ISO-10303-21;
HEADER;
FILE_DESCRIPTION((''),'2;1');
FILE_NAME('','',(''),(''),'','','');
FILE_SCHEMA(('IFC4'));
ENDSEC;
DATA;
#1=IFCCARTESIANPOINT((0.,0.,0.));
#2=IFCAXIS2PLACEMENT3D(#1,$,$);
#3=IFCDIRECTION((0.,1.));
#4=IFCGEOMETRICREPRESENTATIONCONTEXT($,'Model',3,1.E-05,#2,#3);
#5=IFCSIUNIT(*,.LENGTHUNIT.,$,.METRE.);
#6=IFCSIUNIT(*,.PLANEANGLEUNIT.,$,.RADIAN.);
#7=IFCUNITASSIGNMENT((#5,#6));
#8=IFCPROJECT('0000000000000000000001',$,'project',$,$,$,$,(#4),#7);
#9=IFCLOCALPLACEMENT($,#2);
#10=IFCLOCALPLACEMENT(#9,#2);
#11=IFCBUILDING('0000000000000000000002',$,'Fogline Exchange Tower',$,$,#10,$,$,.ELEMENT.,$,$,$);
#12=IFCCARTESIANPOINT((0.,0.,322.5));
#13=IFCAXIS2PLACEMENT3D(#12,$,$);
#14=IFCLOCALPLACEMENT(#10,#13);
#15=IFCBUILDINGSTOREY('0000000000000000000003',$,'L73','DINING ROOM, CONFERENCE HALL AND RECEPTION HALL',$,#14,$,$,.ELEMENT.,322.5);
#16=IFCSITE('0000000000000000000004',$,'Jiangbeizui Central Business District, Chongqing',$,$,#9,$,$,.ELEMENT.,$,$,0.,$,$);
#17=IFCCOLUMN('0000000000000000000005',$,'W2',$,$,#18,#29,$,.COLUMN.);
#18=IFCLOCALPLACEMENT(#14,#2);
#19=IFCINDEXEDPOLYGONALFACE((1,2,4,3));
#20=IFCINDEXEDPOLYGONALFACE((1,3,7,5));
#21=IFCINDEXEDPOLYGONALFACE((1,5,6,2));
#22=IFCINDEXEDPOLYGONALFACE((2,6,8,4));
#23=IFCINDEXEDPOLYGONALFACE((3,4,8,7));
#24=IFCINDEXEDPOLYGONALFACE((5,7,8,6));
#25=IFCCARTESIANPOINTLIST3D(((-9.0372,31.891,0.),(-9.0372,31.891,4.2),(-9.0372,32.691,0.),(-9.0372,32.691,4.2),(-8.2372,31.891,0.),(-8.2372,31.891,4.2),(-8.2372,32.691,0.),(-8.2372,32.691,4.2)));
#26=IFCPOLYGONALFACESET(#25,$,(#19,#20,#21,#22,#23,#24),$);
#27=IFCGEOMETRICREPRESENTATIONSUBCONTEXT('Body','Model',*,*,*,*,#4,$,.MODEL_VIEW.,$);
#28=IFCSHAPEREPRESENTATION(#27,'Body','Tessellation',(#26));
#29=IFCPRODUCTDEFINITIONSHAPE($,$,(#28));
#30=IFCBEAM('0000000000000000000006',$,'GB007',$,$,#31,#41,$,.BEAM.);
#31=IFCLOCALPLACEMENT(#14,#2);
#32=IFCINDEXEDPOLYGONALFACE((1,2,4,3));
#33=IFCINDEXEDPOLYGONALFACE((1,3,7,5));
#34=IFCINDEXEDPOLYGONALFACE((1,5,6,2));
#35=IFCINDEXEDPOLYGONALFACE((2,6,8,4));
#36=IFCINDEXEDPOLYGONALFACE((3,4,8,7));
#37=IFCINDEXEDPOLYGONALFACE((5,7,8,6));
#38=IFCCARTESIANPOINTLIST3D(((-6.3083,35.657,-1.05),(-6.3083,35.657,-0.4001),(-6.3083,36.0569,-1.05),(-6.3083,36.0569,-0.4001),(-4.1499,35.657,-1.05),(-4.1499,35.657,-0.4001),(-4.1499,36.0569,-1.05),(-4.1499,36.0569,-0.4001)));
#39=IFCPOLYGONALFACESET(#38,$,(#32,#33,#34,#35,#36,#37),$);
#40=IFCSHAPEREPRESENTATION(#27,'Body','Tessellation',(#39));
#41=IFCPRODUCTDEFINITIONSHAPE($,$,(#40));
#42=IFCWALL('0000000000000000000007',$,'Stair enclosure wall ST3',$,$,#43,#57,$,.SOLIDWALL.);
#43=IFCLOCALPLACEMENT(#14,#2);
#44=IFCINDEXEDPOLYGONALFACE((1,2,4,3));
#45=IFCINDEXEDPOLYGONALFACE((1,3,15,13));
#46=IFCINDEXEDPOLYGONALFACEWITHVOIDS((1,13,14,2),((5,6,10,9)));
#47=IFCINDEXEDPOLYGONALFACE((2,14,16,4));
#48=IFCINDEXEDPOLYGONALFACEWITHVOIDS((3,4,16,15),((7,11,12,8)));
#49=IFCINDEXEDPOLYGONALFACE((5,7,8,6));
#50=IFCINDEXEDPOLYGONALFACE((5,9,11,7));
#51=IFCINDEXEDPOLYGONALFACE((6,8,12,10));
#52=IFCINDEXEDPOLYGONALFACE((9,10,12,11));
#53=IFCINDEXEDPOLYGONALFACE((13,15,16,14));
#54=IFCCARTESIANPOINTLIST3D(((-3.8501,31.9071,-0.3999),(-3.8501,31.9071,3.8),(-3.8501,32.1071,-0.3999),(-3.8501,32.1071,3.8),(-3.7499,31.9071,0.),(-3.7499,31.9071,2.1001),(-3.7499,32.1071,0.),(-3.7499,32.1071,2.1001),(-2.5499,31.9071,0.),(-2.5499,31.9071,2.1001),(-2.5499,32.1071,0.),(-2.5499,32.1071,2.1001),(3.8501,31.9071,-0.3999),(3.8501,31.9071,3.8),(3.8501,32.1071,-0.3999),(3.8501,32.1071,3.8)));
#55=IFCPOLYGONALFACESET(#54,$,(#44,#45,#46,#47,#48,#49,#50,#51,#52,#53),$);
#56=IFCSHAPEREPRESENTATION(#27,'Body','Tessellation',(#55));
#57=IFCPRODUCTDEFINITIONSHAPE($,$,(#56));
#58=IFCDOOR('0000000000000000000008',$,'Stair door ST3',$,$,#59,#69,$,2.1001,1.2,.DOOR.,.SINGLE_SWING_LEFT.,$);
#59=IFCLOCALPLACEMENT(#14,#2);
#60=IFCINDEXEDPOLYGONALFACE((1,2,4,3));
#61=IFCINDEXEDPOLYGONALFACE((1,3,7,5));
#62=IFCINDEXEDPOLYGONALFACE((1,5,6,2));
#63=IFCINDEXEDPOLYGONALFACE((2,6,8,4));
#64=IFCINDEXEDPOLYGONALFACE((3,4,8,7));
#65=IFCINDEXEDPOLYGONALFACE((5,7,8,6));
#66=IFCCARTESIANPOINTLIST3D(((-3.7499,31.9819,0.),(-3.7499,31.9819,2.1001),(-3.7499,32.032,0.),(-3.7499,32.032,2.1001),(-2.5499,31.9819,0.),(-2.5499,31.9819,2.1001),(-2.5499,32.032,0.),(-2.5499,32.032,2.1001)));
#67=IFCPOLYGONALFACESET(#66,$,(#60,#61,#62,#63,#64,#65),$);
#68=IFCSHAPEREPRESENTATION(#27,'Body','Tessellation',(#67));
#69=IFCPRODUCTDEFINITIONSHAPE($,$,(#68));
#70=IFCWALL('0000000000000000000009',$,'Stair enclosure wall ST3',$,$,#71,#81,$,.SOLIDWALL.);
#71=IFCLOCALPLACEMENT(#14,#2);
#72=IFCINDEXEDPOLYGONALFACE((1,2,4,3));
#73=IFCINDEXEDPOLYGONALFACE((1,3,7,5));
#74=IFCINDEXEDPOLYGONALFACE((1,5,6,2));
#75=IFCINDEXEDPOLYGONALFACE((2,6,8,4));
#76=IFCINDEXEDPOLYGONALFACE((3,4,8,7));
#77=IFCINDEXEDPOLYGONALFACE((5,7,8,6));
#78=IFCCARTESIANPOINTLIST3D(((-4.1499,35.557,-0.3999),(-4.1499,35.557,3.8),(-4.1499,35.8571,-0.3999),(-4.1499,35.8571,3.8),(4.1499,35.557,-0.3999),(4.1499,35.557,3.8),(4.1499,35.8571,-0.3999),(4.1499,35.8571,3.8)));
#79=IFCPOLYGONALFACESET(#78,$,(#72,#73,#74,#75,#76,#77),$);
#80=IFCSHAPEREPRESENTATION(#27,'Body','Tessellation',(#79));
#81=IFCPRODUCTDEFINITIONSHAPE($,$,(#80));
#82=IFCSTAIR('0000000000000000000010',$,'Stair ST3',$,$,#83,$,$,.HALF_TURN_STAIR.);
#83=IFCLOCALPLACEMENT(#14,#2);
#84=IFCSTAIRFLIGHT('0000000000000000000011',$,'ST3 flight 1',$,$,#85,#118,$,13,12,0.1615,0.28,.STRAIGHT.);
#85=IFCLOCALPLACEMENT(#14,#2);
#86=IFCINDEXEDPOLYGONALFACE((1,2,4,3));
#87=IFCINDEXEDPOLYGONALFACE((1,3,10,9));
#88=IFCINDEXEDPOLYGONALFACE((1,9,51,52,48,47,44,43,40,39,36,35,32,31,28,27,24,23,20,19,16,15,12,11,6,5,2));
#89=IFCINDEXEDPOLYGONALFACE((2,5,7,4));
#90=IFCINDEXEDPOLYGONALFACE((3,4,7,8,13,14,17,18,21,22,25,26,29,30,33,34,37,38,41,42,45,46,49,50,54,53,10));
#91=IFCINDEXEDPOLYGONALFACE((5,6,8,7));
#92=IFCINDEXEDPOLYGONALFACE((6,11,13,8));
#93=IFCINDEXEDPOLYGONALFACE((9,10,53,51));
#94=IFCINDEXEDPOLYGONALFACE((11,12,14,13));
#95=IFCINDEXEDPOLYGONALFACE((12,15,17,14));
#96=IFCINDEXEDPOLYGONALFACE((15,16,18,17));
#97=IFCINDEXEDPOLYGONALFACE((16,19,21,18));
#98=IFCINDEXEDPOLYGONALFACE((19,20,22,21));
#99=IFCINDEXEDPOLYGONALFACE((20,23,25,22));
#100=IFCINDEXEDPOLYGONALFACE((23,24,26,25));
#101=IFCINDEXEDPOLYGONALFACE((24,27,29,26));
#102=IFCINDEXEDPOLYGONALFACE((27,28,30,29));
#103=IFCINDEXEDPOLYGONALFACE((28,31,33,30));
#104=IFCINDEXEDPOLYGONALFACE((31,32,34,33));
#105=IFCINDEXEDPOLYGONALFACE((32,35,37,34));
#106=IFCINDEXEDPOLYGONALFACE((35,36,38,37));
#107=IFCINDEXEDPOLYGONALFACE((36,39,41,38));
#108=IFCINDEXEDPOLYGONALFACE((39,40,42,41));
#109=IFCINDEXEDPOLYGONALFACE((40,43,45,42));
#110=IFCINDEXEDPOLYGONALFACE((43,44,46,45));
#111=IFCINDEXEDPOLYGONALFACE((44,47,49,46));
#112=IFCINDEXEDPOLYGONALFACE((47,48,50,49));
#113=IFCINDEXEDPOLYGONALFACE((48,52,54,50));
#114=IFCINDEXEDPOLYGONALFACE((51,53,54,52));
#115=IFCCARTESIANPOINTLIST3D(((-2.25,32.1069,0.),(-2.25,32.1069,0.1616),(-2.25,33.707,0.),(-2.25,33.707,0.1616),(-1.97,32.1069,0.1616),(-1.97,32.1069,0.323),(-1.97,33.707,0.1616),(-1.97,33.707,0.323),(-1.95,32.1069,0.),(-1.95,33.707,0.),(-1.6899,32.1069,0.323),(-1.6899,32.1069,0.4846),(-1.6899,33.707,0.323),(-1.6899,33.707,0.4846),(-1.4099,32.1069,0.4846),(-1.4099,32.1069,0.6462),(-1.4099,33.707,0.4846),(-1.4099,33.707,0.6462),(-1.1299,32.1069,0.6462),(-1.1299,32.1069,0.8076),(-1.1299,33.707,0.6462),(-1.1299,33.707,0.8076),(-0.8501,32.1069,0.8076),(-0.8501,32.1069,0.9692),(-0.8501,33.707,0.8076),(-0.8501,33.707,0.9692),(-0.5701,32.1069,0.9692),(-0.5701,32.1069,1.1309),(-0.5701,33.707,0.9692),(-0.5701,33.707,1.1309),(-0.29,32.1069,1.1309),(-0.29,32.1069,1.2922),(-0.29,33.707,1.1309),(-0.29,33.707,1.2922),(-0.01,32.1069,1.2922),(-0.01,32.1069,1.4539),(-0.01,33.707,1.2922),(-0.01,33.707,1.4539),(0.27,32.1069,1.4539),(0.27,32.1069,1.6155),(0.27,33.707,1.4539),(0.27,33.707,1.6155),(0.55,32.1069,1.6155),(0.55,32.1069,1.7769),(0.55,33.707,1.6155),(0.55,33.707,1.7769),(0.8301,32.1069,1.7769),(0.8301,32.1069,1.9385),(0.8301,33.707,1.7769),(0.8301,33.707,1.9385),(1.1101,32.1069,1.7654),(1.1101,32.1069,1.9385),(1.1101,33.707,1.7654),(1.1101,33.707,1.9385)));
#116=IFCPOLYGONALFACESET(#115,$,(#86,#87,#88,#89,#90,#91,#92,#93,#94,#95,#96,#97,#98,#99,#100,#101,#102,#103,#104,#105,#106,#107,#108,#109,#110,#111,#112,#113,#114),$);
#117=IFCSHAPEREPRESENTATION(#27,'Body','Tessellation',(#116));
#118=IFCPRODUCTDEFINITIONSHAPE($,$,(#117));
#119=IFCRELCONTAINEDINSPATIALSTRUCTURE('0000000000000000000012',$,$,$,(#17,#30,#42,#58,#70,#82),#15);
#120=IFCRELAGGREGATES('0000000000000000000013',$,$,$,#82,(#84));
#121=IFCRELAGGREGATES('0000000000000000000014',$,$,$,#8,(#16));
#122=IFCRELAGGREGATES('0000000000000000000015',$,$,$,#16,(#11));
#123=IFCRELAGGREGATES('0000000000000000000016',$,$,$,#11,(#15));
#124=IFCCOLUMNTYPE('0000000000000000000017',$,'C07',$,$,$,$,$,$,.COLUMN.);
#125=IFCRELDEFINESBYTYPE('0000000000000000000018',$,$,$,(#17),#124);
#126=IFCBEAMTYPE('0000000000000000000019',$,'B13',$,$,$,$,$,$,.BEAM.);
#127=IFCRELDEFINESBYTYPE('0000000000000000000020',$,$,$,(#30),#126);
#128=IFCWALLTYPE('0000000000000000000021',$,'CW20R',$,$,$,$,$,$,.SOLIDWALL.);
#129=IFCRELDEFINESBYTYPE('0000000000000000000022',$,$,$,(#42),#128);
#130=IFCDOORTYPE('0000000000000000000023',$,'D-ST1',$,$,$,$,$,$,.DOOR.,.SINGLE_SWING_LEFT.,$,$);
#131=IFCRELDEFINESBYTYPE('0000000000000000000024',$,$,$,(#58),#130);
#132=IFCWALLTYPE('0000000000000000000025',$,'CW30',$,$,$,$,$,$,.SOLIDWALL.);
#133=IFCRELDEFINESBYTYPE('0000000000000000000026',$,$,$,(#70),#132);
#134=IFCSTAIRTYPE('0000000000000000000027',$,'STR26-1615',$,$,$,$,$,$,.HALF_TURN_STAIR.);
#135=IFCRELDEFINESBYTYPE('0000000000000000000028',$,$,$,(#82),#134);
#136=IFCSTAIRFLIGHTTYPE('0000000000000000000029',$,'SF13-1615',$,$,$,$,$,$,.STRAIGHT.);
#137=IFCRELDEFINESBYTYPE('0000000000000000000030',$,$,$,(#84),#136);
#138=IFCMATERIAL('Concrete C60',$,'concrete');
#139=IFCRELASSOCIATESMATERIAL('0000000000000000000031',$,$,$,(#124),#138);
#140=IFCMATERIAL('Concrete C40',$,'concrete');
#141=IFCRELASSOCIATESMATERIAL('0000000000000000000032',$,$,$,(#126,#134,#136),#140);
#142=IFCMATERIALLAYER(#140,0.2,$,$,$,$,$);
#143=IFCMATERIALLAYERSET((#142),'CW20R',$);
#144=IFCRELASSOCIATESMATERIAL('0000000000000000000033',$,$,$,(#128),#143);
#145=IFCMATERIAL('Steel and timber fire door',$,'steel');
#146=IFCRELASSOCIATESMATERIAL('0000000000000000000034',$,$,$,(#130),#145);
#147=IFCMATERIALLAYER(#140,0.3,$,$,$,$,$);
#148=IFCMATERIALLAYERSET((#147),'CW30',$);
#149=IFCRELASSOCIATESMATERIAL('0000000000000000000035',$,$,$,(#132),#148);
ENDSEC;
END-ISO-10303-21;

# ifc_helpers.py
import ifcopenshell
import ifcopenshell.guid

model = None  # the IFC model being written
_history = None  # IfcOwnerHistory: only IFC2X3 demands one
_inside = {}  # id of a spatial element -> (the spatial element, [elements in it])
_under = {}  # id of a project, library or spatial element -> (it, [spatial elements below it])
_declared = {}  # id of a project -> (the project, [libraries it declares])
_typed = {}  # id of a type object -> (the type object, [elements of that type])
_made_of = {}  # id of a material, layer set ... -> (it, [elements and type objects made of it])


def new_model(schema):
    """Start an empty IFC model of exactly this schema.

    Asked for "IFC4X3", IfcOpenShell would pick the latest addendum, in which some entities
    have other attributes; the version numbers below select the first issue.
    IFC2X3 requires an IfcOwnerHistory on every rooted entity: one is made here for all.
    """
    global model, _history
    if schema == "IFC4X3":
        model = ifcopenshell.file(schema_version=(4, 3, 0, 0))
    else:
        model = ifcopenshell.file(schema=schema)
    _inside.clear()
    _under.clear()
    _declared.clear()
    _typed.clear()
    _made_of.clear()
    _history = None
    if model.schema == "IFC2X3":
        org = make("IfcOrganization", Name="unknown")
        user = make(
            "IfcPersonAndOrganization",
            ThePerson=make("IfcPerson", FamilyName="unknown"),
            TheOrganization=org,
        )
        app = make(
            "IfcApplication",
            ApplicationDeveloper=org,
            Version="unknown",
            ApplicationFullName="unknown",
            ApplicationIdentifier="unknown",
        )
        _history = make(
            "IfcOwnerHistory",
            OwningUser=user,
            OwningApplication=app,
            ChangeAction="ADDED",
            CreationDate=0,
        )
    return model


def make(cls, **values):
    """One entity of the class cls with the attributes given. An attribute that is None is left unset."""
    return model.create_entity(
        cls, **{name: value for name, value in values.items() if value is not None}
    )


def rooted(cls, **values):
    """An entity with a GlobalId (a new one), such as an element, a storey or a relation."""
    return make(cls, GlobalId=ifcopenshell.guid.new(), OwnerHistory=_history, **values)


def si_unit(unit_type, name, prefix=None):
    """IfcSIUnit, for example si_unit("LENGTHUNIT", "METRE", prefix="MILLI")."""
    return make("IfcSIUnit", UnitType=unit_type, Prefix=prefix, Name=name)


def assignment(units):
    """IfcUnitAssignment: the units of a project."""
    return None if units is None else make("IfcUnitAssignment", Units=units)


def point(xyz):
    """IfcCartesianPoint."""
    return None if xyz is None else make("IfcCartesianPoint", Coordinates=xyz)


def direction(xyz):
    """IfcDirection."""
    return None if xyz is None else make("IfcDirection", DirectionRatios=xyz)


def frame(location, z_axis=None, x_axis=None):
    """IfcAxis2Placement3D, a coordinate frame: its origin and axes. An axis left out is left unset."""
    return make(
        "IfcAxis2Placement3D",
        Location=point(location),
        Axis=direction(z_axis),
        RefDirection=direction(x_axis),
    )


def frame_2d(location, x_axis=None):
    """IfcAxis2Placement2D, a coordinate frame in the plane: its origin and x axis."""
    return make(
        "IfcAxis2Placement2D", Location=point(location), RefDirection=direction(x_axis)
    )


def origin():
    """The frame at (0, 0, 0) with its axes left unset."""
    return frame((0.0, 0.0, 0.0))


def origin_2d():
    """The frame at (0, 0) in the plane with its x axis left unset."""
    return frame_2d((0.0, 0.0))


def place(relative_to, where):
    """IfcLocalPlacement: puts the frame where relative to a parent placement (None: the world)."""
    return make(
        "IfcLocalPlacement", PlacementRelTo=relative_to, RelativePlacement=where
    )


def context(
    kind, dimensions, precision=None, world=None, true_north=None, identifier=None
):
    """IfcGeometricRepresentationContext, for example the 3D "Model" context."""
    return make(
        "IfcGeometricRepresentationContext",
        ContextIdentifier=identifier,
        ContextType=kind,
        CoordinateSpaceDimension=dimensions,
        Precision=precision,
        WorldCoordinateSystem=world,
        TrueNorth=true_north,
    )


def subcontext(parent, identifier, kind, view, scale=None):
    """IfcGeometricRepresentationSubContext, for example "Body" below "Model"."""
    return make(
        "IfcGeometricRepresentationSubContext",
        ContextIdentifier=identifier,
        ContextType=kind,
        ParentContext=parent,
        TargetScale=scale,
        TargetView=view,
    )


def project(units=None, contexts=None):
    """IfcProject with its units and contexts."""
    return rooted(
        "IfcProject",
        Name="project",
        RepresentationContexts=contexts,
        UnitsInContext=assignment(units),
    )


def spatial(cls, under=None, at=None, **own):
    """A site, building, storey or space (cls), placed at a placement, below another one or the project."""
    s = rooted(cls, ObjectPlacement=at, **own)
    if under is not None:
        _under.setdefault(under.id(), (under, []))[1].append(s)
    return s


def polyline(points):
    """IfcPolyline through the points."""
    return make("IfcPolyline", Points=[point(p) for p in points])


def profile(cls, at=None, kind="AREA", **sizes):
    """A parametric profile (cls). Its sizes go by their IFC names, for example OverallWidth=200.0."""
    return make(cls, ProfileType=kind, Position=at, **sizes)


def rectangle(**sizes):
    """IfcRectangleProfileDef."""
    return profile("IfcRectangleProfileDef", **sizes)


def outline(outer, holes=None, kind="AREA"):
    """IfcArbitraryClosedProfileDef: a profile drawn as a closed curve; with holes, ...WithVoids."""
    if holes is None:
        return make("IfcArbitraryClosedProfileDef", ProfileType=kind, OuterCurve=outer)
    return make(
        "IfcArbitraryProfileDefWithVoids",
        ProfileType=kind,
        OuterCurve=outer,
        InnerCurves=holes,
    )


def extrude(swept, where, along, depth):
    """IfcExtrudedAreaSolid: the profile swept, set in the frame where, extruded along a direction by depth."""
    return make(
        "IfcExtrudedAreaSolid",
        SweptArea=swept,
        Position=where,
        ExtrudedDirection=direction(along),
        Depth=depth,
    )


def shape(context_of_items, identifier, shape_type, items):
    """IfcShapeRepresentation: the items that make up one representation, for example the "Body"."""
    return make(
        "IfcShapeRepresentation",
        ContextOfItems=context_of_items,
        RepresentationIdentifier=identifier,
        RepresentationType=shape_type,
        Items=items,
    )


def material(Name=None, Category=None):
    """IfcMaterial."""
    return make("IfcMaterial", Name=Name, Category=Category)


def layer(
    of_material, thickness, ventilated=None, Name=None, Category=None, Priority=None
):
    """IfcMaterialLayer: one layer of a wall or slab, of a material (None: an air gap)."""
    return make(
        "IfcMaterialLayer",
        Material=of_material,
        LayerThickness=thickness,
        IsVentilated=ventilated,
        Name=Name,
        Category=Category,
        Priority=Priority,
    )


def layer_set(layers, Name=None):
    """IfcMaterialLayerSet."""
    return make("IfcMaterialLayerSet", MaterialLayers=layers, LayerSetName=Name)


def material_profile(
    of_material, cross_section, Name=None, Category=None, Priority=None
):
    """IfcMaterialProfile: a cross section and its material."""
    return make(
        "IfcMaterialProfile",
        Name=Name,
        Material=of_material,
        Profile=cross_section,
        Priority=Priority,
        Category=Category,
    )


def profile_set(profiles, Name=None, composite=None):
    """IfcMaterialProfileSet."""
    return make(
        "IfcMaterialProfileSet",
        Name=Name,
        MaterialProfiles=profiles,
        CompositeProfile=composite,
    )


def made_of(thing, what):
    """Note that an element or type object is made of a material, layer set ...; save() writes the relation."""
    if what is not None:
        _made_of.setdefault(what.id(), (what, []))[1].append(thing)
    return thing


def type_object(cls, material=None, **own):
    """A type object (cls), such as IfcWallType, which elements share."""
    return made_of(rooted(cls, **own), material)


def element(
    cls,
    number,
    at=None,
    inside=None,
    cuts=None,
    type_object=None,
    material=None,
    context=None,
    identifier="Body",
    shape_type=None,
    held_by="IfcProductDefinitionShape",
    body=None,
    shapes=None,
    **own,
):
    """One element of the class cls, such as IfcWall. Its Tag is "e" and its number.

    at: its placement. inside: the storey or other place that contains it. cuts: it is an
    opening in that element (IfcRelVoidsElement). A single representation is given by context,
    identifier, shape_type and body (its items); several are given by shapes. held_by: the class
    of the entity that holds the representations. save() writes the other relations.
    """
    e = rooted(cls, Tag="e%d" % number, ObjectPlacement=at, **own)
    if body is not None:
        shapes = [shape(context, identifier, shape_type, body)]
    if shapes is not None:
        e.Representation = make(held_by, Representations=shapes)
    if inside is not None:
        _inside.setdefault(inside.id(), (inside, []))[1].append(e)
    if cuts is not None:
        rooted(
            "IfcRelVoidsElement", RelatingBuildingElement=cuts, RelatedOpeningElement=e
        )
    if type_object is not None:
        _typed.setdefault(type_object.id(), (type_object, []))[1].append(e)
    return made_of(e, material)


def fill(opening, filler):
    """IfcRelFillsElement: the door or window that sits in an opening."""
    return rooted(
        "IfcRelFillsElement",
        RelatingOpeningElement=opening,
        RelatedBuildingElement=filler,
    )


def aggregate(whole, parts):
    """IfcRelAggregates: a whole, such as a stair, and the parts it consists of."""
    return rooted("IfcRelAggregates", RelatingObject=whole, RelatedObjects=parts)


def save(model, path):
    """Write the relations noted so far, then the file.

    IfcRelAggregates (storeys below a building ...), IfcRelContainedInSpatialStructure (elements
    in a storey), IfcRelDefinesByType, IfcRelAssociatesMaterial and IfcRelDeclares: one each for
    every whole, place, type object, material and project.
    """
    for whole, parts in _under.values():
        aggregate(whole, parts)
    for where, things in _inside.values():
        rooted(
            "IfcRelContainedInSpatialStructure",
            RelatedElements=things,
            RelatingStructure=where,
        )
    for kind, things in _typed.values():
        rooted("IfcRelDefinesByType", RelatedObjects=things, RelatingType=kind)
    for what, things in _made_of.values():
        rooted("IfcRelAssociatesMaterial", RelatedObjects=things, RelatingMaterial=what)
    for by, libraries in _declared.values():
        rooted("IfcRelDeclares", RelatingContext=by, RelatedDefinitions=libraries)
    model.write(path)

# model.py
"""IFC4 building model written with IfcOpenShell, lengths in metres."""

from ifc_helpers import new_model, si_unit, direction, frame, frame_2d, origin, origin_2d, place, context, subcontext, project, spatial, polyline, rectangle, outline, extrude, material, layer, layer_set, material_profile, profile_set, type_object, element, fill, aggregate, save


model = new_model("IFC4")

# Units and contexts
model_context = context("Model", 3, precision=1e-05, world=origin(), true_north=direction((0.0, 1.0)))
body_context = subcontext(model_context, "Body", "Model", "MODEL_VIEW")
ifc_project = project(units=[si_unit("LENGTHUNIT", "METRE"), si_unit("PLANEANGLEUNIT", "RADIAN")], contexts=[model_context])

# Site, building, storey
site_placement = place(None, origin())
site = spatial("IfcSite", under=ifc_project, at=site_placement, Name="Jiangbeizui Central Business District, Chongqing", CompositionType="ELEMENT", RefElevation=0.0)
building_placement = place(site_placement, origin())
building = spatial("IfcBuilding", under=site, at=building_placement, Name="Fogline Exchange Tower", CompositionType="ELEMENT")
storey_placement = place(building_placement, frame((0.0, 0.0, 322.5)))
storey = spatial("IfcBuildingStorey", under=building, at=storey_placement, Name="L73", Description="DINING ROOM, CONFERENCE HALL AND RECEPTION HALL", CompositionType="ELEMENT", Elevation=322.5)

# Column
ifc_material_1 = material(Name="Concrete C60", Category="concrete")
ifc_material_profile_1 = material_profile(ifc_material_1, rectangle(XDim=0.8, YDim=0.8, at=origin_2d()), Name="RC 800x800")
ifc_profile_set_1 = profile_set([ifc_material_profile_1], Name="Concrete C60")
column_type = type_object("IfcColumnType", Name="C07", PredefinedType="COLUMN", material=ifc_profile_set_1)
column_placement = place(storey_placement, frame((-8.6372, 32.291, 0.0), z_axis=(0.0, 0.0, 1.0), x_axis=(1.0, 0.0, 0.0)))
element("IfcColumn", 1, at=column_placement, inside=storey, type_object=column_type, Name="W2", PredefinedType="COLUMN", context=body_context, shape_type="SweptSolid", body=[
    extrude(rectangle(XDim=0.8, YDim=0.8, at=origin_2d()), origin(), (0.0, 0.0, 1.0), 4.2),
])

# Beam
ifc_material_2 = material(Name="Concrete C40", Category="concrete")
ifc_material_profile_2 = material_profile(ifc_material_2, rectangle(XDim=0.3999, YDim=0.6499, at=origin_2d()), Name="RC 400x650")
ifc_profile_set_2 = profile_set([ifc_material_profile_2], Name="Concrete C40")
beam_type = type_object("IfcBeamType", Name="B13", PredefinedType="BEAM", material=ifc_profile_set_2)
beam_placement = place(storey_placement, frame((-6.3083, 35.8569, -0.7251), z_axis=(1.0, 0.0, 0.0), x_axis=(0.0, 1.0, 0.0)))
element("IfcBeam", 2, at=beam_placement, inside=storey, type_object=beam_type, Name="GB007", PredefinedType="BEAM", context=body_context, shape_type="SweptSolid", body=[
    extrude(rectangle(XDim=0.3999, YDim=0.6499, at=origin_2d()), origin(), (0.0, 0.0, 1.0), 2.1584),
])

# Wall, opening, door
ifc_layer_1 = layer(ifc_material_2, 0.2)
ifc_layer_set_1 = layer_set([ifc_layer_1], Name="CW20R")
wall_type_1 = type_object("IfcWallType", Name="CW20R", PredefinedType="SOLIDWALL", material=ifc_layer_set_1)
wall_1_placement = place(storey_placement, frame((-3.8501, 32.0071, -0.3999), z_axis=(0.0, 0.0, 1.0), x_axis=(1.0, 0.0, 0.0)))
wall_1 = element("IfcWall", 3, at=wall_1_placement, inside=storey, type_object=wall_type_1, Name="Stair enclosure wall ST3", PredefinedType="SOLIDWALL", context=body_context, shape_type="SweptSolid", body=[
    extrude(rectangle(XDim=7.7002, YDim=0.2, at=frame_2d((3.8501, 0.0))), origin(), (0.0, 0.0, 1.0), 4.2),
])
opening_placement = place(wall_1_placement, frame((0.1001, 0.0, 0.3999)))
opening = element("IfcOpeningElement", 4, at=opening_placement, cuts=wall_1, PredefinedType="OPENING", context=body_context, shape_type="SweptSolid", body=[
    extrude(rectangle(XDim=1.2, YDim=2.1001, at=frame_2d((0.6001, 1.05))), frame((0.0, 0.1099, 0.0), z_axis=(0.0, -1.0, 0.0), x_axis=(1.0, 0.0, 0.0)), (0.0, 0.0, 1.0), 0.22),
])
ifc_material_3 = material(Name="Steel and timber fire door", Category="steel")
door_type = type_object("IfcDoorType", Name="D-ST1", OperationType="SINGLE_SWING_LEFT", PredefinedType="DOOR", material=ifc_material_3)
door_placement = place(opening_placement, origin())
door = element("IfcDoor", 5, at=door_placement, inside=storey, type_object=door_type, Name="Stair door ST3", OperationType="SINGLE_SWING_LEFT", OverallHeight=2.1001, OverallWidth=1.2, PredefinedType="DOOR", context=body_context, shape_type="SweptSolid", body=[
    extrude(rectangle(XDim=1.2, YDim=2.1001, at=frame_2d((0.6001, 1.05))), frame((0.0, 0.0249, 0.0), z_axis=(0.0, -1.0, 0.0), x_axis=(1.0, 0.0, 0.0)), (0.0, 0.0, 1.0), 0.05),
])
fill(opening, door)

# Wall
ifc_layer_2 = layer(ifc_material_2, 0.3)
ifc_layer_set_2 = layer_set([ifc_layer_2], Name="CW30")
wall_type_2 = type_object("IfcWallType", Name="CW30", PredefinedType="SOLIDWALL", material=ifc_layer_set_2)
wall_2_placement = place(storey_placement, frame((-4.1499, 35.707, -0.3999), z_axis=(0.0, 0.0, 1.0), x_axis=(1.0, 0.0, 0.0)))
element("IfcWall", 6, at=wall_2_placement, inside=storey, type_object=wall_type_2, Name="Stair enclosure wall ST3", PredefinedType="SOLIDWALL", context=body_context, shape_type="SweptSolid", body=[
    extrude(rectangle(XDim=8.2998, YDim=0.3, at=frame_2d((4.1499, 0.0))), origin(), (0.0, 0.0, 1.0), 4.2),
])

# Stair, stair flight
stair_type = type_object("IfcStairType", Name="STR26-1615", PredefinedType="HALF_TURN_STAIR", material=ifc_material_2)
stair_placement = place(storey_placement, origin())
stair = element("IfcStair", 7, at=stair_placement, inside=storey, type_object=stair_type, Name="Stair ST3", PredefinedType="HALF_TURN_STAIR")
stair_flight_type = type_object("IfcStairFlightType", Name="SF13-1615", PredefinedType="STRAIGHT", material=ifc_material_2)
stair_flight_placement = place(storey_placement, frame((-2.25, 32.907, 0.0), z_axis=(0.0, 0.0, 1.0), x_axis=(1.0, 0.0, 0.0)))
stair_flight = element("IfcStairFlight", 8, at=stair_flight_placement, type_object=stair_flight_type, Name="ST3 flight 1", NumberOfRisers=13, NumberOfTreads=12, PredefinedType="STRAIGHT", RiserHeight=0.1615, TreadLength=0.28, context=body_context, shape_type="SweptSolid", body=[
    extrude(outline(polyline([(0.0, 0.0), (0.0, 0.1616), (0.28, 0.1616), (0.28, 0.323), (0.5601, 0.323), (0.5601, 0.4846), (0.8401, 0.4846), (0.8401, 0.6462), (1.1201, 0.6462), (1.1201, 0.8076), (1.3999, 0.8076), (1.3999, 0.9692), (1.6799, 0.9692), (1.6799, 1.1309), (1.96, 1.1309), (1.96, 1.2922), (2.24, 1.2922), (2.24, 1.4539), (2.52, 1.4539), (2.52, 1.6155), (2.8, 1.6155), (2.8, 1.7769), (3.0801, 1.7769), (3.0801, 1.9385), (3.3601, 1.9385), (3.3601, 2.1001), (3.3601, 1.7654), (0.3, 0.0), (0.0, 0.0)])), frame((0.0, 0.8, 0.0), z_axis=(0.0, -1.0, 0.0), x_axis=(1.0, 0.0, 0.0)), (0.0, 0.0, 1.0), 1.6001),
])
aggregate(stair, [stair_flight])

save(model, "model.ifc")
